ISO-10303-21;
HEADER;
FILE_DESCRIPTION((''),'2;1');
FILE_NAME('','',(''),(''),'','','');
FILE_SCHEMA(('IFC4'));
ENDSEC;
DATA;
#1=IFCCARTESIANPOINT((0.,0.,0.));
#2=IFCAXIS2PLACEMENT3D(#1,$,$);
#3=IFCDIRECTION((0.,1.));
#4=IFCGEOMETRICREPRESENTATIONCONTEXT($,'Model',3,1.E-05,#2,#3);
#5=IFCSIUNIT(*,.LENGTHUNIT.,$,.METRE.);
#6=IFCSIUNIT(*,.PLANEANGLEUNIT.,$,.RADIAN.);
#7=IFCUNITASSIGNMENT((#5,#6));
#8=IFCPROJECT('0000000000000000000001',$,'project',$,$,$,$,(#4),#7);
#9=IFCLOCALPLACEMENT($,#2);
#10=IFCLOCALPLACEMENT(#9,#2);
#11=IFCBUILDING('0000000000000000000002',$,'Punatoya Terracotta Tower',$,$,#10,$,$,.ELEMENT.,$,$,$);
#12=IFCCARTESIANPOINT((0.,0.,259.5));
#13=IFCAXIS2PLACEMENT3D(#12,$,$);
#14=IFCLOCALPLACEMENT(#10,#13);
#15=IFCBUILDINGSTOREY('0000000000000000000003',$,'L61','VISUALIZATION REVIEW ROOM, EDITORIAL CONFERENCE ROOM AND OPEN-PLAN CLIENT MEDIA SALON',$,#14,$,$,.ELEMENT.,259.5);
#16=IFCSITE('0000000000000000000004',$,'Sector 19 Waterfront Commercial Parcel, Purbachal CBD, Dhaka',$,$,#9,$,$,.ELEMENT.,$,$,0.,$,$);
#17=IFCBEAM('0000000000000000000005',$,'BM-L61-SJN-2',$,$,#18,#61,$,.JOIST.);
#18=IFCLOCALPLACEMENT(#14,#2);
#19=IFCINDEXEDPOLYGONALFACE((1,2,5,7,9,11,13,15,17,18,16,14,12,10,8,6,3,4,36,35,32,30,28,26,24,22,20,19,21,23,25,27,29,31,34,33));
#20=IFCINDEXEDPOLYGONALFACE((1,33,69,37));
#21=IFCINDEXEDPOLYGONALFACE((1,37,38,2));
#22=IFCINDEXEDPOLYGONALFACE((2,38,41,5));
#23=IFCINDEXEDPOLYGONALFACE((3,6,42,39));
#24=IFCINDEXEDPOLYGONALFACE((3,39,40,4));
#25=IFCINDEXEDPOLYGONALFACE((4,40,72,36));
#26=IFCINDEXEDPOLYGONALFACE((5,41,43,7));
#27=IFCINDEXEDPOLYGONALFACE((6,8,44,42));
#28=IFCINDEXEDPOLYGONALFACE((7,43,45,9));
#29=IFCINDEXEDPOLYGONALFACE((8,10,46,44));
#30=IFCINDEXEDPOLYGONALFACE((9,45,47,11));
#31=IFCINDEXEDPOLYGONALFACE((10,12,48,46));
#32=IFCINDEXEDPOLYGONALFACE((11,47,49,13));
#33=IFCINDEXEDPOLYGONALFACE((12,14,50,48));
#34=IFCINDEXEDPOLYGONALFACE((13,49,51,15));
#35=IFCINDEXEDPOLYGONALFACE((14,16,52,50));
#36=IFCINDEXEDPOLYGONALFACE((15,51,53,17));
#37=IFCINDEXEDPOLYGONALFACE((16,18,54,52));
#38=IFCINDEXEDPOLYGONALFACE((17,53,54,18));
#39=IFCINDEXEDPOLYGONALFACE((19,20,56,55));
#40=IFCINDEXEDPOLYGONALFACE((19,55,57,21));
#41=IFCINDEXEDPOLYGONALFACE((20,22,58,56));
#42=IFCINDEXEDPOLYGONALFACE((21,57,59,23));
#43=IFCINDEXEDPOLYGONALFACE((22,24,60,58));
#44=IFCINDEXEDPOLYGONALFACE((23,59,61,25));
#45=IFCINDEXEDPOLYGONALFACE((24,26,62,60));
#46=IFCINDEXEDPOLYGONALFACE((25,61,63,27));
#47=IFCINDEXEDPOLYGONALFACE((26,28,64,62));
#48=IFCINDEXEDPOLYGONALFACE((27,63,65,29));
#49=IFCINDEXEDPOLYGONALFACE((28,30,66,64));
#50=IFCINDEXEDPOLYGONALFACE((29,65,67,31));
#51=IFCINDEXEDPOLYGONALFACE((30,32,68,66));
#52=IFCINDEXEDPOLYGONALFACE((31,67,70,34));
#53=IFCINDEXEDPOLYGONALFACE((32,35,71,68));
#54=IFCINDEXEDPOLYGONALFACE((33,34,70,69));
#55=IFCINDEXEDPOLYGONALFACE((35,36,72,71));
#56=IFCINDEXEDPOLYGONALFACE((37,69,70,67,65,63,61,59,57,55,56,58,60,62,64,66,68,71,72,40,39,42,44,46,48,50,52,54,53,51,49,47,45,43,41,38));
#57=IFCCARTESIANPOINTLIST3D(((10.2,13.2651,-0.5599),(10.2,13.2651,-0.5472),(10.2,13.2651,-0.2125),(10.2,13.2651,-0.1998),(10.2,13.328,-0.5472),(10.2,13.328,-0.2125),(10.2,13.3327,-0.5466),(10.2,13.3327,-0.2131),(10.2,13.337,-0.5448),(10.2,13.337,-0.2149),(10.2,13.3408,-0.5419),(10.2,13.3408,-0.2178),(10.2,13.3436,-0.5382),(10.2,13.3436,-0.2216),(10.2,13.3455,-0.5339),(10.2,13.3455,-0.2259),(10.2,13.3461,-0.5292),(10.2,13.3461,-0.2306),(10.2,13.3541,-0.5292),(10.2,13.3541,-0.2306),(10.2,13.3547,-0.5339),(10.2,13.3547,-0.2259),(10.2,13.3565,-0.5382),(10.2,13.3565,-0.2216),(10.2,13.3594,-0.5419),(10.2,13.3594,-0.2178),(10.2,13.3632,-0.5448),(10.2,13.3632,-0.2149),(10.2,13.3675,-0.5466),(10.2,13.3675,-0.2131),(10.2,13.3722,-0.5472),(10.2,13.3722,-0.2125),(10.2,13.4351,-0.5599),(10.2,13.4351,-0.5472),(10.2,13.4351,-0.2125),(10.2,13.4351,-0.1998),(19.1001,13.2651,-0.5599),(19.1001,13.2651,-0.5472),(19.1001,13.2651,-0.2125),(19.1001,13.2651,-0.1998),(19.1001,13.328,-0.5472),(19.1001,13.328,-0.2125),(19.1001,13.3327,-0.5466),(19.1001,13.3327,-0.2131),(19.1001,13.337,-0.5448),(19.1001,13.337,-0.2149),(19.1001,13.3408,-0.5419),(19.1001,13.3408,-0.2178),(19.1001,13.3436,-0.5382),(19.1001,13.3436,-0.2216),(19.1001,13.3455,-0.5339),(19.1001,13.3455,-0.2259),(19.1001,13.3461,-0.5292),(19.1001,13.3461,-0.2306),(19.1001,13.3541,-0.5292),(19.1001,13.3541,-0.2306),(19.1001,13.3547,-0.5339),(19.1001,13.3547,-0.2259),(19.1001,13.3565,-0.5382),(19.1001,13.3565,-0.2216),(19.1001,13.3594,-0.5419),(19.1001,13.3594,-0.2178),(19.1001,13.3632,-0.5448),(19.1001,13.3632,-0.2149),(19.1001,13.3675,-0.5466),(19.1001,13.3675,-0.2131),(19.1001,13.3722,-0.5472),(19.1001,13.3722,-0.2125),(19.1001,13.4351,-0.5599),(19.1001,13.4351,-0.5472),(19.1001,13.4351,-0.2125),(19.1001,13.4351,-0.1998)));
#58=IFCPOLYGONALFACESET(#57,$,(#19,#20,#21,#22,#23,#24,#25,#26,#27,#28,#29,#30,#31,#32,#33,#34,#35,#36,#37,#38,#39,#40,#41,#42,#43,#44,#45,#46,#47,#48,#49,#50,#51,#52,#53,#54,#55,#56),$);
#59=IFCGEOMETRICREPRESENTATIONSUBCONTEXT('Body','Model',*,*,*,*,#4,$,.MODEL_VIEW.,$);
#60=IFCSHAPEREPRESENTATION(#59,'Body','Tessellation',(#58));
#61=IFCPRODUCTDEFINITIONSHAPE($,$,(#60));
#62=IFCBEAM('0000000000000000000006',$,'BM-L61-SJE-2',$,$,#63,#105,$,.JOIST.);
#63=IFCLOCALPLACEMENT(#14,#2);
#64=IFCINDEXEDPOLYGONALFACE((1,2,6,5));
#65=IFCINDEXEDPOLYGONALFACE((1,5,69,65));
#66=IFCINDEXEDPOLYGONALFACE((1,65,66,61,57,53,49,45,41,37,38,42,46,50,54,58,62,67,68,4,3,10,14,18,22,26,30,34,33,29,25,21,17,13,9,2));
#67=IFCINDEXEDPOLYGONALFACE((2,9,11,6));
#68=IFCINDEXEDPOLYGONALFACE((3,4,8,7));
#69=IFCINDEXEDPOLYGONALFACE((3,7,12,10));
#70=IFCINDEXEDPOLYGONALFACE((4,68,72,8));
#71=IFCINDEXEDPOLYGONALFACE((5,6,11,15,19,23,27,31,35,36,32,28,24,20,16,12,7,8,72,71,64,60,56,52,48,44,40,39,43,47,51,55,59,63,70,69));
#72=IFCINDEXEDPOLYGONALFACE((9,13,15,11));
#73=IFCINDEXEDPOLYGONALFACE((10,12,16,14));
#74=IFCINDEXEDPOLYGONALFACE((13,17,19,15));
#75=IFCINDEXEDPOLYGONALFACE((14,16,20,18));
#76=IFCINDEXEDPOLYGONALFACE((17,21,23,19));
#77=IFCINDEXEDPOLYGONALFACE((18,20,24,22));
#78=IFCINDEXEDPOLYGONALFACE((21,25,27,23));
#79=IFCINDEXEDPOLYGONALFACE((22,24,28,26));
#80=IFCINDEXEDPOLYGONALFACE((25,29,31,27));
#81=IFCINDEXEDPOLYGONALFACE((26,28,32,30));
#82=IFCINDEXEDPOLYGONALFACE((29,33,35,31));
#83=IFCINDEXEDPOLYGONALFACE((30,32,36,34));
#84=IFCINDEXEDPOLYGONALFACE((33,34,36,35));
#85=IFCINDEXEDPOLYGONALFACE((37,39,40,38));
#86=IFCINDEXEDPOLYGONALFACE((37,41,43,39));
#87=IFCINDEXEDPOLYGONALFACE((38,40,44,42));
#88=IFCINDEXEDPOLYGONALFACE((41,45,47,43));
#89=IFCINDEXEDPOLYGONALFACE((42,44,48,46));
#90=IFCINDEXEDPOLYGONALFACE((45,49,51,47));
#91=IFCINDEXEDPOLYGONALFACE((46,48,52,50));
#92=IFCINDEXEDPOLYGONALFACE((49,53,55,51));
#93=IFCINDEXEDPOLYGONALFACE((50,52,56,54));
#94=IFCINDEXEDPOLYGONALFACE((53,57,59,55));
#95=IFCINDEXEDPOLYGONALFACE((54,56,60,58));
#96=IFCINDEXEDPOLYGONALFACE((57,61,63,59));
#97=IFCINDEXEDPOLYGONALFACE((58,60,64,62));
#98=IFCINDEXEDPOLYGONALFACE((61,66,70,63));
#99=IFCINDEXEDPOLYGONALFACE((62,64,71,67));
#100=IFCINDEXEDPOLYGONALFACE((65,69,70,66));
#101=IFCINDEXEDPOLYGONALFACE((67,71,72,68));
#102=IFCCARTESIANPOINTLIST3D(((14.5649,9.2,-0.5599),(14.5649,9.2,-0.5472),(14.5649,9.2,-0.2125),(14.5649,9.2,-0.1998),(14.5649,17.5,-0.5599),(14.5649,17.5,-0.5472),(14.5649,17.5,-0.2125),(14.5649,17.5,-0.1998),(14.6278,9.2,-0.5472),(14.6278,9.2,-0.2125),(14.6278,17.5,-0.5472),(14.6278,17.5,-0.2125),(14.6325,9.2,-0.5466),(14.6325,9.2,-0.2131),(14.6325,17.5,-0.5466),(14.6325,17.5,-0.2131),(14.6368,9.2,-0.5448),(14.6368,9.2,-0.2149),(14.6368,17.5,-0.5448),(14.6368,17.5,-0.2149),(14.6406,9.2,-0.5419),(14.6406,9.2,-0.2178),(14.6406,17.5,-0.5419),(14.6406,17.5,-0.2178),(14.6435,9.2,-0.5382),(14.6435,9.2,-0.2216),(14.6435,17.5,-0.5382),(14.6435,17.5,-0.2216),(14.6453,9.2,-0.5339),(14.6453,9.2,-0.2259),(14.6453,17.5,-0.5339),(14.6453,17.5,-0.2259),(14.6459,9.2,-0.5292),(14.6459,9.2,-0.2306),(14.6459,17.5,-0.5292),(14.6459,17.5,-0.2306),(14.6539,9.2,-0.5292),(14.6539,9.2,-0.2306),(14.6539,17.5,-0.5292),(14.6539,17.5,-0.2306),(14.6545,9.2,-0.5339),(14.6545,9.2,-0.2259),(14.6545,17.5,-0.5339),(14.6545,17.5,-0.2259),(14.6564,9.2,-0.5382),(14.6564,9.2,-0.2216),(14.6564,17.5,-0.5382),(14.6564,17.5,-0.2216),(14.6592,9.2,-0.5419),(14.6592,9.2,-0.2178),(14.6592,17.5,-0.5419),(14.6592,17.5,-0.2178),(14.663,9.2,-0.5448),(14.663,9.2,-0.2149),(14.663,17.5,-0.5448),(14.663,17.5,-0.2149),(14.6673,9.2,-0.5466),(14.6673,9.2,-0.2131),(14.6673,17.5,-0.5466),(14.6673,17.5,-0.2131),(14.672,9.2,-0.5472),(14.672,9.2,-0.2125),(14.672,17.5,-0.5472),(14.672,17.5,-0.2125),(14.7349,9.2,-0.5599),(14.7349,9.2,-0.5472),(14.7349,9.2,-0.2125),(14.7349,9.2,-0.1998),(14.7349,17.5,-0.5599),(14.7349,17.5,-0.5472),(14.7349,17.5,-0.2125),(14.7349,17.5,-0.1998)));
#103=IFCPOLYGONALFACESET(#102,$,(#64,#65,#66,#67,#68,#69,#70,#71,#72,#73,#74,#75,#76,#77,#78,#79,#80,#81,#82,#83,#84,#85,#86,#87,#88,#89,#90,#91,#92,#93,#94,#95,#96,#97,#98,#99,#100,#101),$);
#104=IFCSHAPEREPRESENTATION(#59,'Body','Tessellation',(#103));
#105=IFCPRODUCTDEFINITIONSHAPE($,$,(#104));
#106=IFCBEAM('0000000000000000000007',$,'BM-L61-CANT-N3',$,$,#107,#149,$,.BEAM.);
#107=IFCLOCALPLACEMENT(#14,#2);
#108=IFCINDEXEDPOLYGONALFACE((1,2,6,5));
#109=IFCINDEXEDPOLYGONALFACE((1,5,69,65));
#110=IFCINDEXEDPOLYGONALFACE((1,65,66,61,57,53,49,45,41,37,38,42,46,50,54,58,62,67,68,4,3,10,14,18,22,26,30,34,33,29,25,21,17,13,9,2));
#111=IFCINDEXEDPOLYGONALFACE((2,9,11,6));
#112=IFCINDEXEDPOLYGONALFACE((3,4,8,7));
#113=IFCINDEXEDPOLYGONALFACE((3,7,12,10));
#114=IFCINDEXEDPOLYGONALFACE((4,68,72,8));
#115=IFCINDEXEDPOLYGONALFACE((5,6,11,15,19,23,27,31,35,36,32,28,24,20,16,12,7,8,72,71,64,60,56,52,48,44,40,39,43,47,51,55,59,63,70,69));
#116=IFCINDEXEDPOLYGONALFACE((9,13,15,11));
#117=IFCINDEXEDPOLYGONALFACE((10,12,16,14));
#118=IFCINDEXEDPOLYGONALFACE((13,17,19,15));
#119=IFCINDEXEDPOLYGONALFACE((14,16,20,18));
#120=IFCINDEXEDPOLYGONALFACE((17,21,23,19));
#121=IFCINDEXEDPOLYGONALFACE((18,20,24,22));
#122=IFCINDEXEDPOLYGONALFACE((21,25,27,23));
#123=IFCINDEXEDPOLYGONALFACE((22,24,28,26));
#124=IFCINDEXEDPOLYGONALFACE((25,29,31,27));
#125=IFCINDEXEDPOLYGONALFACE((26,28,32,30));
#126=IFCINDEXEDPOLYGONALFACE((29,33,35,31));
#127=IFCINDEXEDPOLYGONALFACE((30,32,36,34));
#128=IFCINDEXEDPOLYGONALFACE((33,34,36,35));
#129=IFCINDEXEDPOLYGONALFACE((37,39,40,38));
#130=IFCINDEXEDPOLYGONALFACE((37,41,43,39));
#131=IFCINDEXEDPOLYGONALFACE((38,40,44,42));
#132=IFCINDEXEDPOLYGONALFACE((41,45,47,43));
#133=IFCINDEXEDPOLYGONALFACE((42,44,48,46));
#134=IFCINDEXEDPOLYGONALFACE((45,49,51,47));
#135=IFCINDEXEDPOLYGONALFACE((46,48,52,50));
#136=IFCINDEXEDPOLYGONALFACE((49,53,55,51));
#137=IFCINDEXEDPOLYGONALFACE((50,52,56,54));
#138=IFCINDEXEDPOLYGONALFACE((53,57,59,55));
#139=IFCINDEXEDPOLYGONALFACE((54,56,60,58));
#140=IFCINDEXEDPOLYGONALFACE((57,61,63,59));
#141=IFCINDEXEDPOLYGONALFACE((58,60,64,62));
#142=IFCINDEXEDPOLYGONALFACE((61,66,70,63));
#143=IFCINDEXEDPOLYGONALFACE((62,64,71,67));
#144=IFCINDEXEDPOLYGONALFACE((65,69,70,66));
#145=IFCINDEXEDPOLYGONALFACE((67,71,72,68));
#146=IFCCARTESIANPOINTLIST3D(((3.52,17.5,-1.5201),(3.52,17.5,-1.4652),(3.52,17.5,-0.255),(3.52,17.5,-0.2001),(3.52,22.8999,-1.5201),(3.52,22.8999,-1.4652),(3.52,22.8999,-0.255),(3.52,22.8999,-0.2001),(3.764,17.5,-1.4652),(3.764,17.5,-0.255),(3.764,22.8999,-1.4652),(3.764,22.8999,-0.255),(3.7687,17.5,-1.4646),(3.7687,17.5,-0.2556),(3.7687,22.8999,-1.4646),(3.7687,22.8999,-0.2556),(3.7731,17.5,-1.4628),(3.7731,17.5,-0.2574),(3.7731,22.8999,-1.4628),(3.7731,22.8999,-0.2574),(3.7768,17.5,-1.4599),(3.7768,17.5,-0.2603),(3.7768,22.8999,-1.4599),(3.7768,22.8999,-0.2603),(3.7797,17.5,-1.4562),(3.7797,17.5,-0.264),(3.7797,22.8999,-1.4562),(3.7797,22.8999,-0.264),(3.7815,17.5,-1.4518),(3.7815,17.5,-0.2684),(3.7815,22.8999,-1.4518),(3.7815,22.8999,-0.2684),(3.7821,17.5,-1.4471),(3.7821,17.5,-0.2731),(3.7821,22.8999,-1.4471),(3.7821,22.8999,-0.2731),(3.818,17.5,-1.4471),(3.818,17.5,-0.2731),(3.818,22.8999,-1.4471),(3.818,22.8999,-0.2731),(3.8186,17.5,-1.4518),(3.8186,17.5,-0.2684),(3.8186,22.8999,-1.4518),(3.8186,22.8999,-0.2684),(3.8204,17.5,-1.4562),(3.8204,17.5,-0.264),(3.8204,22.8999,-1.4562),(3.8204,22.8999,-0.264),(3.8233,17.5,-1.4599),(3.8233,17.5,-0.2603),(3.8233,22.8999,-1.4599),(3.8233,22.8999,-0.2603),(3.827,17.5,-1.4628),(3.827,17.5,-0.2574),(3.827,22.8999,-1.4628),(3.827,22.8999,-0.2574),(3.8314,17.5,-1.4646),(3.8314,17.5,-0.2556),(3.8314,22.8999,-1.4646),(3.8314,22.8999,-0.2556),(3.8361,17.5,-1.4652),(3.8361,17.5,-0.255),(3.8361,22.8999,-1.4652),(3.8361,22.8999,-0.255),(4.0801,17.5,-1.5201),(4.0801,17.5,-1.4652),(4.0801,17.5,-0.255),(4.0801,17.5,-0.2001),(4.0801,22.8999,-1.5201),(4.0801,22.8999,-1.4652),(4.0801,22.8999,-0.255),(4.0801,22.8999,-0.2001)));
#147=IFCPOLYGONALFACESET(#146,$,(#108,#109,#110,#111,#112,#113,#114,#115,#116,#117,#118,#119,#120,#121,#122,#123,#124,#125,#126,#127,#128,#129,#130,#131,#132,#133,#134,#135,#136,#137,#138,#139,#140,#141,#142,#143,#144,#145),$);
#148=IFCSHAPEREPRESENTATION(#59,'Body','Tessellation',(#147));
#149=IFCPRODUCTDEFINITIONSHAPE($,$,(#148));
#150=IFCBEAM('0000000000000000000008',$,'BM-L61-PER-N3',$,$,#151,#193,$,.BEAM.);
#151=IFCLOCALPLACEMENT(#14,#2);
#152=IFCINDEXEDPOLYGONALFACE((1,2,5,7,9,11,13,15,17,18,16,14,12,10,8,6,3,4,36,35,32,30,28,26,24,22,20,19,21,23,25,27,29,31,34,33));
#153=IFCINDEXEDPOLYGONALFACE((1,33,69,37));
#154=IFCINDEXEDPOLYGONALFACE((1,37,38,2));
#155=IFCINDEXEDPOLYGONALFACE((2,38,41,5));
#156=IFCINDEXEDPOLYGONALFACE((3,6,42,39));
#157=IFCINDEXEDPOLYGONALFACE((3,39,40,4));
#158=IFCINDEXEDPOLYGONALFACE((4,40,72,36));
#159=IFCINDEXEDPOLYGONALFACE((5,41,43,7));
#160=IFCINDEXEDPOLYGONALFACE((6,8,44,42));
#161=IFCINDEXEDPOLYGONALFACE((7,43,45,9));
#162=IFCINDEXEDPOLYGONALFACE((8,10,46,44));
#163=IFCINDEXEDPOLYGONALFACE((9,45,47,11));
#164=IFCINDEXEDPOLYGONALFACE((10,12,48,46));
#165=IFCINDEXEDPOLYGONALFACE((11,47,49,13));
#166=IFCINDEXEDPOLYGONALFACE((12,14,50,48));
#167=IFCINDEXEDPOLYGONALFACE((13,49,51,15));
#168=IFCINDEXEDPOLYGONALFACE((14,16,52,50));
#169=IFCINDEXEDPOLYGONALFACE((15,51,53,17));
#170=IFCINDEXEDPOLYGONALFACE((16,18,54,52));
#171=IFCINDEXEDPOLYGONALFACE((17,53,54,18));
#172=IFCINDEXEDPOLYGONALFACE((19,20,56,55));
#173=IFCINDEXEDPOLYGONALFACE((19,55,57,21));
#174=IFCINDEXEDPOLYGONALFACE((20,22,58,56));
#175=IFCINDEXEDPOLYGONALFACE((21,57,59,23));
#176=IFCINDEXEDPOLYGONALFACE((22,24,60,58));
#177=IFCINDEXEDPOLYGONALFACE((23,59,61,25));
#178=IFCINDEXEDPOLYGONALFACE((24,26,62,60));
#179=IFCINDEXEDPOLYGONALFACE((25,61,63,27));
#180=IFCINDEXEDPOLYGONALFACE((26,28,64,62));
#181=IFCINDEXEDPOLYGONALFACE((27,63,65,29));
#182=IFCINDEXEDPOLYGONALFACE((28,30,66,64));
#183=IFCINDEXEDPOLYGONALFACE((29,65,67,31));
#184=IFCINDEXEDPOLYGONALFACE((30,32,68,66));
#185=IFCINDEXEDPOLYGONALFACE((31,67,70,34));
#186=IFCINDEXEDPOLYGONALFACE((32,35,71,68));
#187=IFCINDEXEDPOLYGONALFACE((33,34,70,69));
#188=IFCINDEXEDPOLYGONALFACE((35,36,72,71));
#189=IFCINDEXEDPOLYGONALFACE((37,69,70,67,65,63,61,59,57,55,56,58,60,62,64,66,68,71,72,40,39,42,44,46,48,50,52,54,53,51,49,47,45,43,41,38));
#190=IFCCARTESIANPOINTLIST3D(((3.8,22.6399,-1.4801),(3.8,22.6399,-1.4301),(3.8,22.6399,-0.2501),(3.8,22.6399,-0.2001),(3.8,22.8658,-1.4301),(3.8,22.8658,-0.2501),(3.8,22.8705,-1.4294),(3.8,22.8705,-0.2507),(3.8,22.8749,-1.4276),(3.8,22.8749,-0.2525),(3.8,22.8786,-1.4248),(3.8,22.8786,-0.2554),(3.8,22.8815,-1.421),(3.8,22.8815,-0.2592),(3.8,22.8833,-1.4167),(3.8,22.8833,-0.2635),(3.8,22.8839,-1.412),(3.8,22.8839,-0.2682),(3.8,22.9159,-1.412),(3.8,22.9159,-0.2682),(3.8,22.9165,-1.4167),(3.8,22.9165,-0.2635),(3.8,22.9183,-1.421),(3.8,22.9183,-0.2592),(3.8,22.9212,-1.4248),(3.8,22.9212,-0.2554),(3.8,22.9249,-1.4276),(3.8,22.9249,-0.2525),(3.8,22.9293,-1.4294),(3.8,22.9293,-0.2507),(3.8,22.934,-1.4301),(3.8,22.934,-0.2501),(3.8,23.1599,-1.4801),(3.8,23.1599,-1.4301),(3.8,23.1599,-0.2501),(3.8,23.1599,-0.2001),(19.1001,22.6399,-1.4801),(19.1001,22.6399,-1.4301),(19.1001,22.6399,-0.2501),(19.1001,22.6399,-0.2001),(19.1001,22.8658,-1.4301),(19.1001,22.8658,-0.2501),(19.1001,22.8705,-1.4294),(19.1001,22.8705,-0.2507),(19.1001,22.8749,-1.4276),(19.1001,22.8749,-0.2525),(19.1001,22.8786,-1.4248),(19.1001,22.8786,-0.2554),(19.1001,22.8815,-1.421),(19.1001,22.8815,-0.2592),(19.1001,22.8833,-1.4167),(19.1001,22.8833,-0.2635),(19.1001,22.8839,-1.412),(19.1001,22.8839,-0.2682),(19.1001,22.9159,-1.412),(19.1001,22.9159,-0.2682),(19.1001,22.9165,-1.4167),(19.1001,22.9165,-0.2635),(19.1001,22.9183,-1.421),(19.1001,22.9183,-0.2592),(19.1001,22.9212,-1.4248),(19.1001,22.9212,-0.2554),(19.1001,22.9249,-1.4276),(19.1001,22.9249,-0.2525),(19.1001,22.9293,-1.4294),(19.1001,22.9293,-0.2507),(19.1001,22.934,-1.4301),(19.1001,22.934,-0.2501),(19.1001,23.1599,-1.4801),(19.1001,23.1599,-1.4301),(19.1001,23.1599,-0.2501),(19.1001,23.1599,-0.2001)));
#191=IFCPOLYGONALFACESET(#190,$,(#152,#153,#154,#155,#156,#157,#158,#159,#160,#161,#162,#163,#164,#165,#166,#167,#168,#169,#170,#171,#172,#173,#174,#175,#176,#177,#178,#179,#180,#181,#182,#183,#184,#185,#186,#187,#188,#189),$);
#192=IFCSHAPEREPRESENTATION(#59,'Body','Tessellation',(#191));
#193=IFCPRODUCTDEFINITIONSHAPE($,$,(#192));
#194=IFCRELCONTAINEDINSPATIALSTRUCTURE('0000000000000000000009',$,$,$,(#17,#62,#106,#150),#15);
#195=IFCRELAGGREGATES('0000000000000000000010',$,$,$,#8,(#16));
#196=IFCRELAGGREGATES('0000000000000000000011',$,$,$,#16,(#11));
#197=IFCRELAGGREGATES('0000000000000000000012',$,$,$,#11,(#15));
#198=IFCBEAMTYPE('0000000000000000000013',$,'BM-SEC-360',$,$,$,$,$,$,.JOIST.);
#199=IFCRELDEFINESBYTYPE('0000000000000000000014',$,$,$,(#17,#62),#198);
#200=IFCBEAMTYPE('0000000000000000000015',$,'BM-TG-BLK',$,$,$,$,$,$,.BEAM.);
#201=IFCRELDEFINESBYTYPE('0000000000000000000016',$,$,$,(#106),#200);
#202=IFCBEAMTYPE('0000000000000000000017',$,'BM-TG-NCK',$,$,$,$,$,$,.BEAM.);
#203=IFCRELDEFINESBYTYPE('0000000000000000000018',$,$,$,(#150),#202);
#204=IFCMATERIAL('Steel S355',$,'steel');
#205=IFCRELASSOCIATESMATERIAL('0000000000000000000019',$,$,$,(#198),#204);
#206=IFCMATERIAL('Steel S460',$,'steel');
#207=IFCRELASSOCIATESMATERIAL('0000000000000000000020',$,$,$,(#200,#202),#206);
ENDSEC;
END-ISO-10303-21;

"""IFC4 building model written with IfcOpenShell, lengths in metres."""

from ifc_helpers import new_model, si_unit, direction, frame, origin, origin_2d, place, context, subcontext, project, spatial, i_section, extrude, material, material_profile, profile_set, type_object, element, save


model = new_model("IFC4")

# Units and contexts
model_context = context("Model", 3, precision=1e-05, world=origin(), true_north=direction((0.0, 1.0)))
body_context = subcontext(model_context, "Body", "Model", "MODEL_VIEW")
ifc_project = project(units=[si_unit("LENGTHUNIT", "METRE"), si_unit("PLANEANGLEUNIT", "RADIAN")], contexts=[model_context])

# Site, building, storey
site_placement = place(None, origin())
site = spatial("IfcSite", under=ifc_project, at=site_placement, Name="Sector 19 Waterfront Commercial Parcel, Purbachal CBD, Dhaka", CompositionType="ELEMENT", RefElevation=0.0)
building_placement = place(site_placement, origin())
building = spatial("IfcBuilding", under=site, at=building_placement, Name="Punatoya Terracotta Tower", CompositionType="ELEMENT")
storey_placement = place(building_placement, frame((0.0, 0.0, 259.5)))
storey = spatial("IfcBuildingStorey", under=building, at=storey_placement, Name="L61", Description="VISUALIZATION REVIEW ROOM, EDITORIAL CONFERENCE ROOM AND OPEN-PLAN CLIENT MEDIA SALON", CompositionType="ELEMENT", Elevation=259.5)

# Shared definitions
ifc_material_1 = material(Name="Steel S460", Category="steel")

# Beams
ifc_material_2 = material(Name="Steel S355", Category="steel")
ifc_material_profile_1 = material_profile(ifc_material_2, i_section(OverallWidth=0.1699, OverallDepth=0.3601, WebThickness=0.0081, FlangeThickness=0.0127, FilletRadius=0.0181, at=origin_2d()))
ifc_profile_set_1 = profile_set([ifc_material_profile_1], Name="Steel S355")
beam_type_1 = type_object("IfcBeamType", Name="BM-SEC-360", PredefinedType="JOIST", material=ifc_profile_set_1)
beam_1_placement = place(storey_placement, frame((10.2, 13.3501, -0.3799), z_axis=(1.0, 0.0, 0.0), x_axis=(0.0, 1.0, 0.0)))
element("IfcBeam", 1, at=beam_1_placement, inside=storey, type_object=beam_type_1, Name="BM-L61-SJN-2", PredefinedType="JOIST", context=body_context, shape_type="SweptSolid", body=[
    extrude(i_section(OverallWidth=0.1699, OverallDepth=0.3601, WebThickness=0.0081, FlangeThickness=0.0127, FilletRadius=0.0181, at=origin_2d()), origin(), (0.0, 0.0, 1.0), 8.9001),
])
beam_2_placement = place(storey_placement, frame((14.6499, 9.2, -0.3799), z_axis=(0.0, 1.0, 0.0), x_axis=(-1.0, 0.0, 0.0)))
element("IfcBeam", 2, at=beam_2_placement, inside=storey, type_object=beam_type_1, Name="BM-L61-SJE-2", PredefinedType="JOIST", context=body_context, shape_type="SweptSolid", body=[
    extrude(i_section(OverallWidth=0.1699, OverallDepth=0.3601, WebThickness=0.0081, FlangeThickness=0.0127, FilletRadius=0.0181, at=origin_2d()), origin(), (0.0, 0.0, 1.0), 8.3),
])
ifc_material_profile_2 = material_profile(ifc_material_1, i_section(OverallWidth=0.5601, OverallDepth=1.3201, WebThickness=0.0359, FlangeThickness=0.0549, FilletRadius=0.0181, at=origin_2d()))
ifc_profile_set_2 = profile_set([ifc_material_profile_2], Name="Steel S460")
beam_type_2 = type_object("IfcBeamType", Name="BM-TG-BLK", PredefinedType="BEAM", material=ifc_profile_set_2)
beam_3_placement = place(storey_placement, frame((3.8, 17.5, -0.8601), z_axis=(0.0, 1.0, 0.0), x_axis=(-1.0, 0.0, 0.0)))
element("IfcBeam", 3, at=beam_3_placement, inside=storey, type_object=beam_type_2, Name="BM-L61-CANT-N3", PredefinedType="BEAM", context=body_context, shape_type="SweptSolid", body=[
    extrude(i_section(OverallWidth=0.5601, OverallDepth=1.3201, WebThickness=0.0359, FlangeThickness=0.0549, FilletRadius=0.0181, at=origin_2d()), origin(), (0.0, 0.0, 1.0), 5.3999),
])
ifc_material_profile_3 = material_profile(ifc_material_1, i_section(OverallWidth=0.52, OverallDepth=1.28, WebThickness=0.032, FlangeThickness=0.05, FilletRadius=0.0181, at=origin_2d()))
ifc_profile_set_3 = profile_set([ifc_material_profile_3], Name="Steel S460")
beam_type_3 = type_object("IfcBeamType", Name="BM-TG-NCK", PredefinedType="BEAM", material=ifc_profile_set_3)
beam_4_placement = place(storey_placement, frame((3.8, 22.8999, -0.8401), z_axis=(1.0, 0.0, 0.0), x_axis=(0.0, 1.0, 0.0)))
element("IfcBeam", 4, at=beam_4_placement, inside=storey, type_object=beam_type_3, Name="BM-L61-PER-N3", PredefinedType="BEAM", context=body_context, shape_type="SweptSolid", body=[
    extrude(i_section(OverallWidth=0.52, OverallDepth=1.28, WebThickness=0.032, FlangeThickness=0.05, FilletRadius=0.0181, at=origin_2d()), origin(), (0.0, 0.0, 1.0), 15.3),
])

save(model, "model.ifc")
